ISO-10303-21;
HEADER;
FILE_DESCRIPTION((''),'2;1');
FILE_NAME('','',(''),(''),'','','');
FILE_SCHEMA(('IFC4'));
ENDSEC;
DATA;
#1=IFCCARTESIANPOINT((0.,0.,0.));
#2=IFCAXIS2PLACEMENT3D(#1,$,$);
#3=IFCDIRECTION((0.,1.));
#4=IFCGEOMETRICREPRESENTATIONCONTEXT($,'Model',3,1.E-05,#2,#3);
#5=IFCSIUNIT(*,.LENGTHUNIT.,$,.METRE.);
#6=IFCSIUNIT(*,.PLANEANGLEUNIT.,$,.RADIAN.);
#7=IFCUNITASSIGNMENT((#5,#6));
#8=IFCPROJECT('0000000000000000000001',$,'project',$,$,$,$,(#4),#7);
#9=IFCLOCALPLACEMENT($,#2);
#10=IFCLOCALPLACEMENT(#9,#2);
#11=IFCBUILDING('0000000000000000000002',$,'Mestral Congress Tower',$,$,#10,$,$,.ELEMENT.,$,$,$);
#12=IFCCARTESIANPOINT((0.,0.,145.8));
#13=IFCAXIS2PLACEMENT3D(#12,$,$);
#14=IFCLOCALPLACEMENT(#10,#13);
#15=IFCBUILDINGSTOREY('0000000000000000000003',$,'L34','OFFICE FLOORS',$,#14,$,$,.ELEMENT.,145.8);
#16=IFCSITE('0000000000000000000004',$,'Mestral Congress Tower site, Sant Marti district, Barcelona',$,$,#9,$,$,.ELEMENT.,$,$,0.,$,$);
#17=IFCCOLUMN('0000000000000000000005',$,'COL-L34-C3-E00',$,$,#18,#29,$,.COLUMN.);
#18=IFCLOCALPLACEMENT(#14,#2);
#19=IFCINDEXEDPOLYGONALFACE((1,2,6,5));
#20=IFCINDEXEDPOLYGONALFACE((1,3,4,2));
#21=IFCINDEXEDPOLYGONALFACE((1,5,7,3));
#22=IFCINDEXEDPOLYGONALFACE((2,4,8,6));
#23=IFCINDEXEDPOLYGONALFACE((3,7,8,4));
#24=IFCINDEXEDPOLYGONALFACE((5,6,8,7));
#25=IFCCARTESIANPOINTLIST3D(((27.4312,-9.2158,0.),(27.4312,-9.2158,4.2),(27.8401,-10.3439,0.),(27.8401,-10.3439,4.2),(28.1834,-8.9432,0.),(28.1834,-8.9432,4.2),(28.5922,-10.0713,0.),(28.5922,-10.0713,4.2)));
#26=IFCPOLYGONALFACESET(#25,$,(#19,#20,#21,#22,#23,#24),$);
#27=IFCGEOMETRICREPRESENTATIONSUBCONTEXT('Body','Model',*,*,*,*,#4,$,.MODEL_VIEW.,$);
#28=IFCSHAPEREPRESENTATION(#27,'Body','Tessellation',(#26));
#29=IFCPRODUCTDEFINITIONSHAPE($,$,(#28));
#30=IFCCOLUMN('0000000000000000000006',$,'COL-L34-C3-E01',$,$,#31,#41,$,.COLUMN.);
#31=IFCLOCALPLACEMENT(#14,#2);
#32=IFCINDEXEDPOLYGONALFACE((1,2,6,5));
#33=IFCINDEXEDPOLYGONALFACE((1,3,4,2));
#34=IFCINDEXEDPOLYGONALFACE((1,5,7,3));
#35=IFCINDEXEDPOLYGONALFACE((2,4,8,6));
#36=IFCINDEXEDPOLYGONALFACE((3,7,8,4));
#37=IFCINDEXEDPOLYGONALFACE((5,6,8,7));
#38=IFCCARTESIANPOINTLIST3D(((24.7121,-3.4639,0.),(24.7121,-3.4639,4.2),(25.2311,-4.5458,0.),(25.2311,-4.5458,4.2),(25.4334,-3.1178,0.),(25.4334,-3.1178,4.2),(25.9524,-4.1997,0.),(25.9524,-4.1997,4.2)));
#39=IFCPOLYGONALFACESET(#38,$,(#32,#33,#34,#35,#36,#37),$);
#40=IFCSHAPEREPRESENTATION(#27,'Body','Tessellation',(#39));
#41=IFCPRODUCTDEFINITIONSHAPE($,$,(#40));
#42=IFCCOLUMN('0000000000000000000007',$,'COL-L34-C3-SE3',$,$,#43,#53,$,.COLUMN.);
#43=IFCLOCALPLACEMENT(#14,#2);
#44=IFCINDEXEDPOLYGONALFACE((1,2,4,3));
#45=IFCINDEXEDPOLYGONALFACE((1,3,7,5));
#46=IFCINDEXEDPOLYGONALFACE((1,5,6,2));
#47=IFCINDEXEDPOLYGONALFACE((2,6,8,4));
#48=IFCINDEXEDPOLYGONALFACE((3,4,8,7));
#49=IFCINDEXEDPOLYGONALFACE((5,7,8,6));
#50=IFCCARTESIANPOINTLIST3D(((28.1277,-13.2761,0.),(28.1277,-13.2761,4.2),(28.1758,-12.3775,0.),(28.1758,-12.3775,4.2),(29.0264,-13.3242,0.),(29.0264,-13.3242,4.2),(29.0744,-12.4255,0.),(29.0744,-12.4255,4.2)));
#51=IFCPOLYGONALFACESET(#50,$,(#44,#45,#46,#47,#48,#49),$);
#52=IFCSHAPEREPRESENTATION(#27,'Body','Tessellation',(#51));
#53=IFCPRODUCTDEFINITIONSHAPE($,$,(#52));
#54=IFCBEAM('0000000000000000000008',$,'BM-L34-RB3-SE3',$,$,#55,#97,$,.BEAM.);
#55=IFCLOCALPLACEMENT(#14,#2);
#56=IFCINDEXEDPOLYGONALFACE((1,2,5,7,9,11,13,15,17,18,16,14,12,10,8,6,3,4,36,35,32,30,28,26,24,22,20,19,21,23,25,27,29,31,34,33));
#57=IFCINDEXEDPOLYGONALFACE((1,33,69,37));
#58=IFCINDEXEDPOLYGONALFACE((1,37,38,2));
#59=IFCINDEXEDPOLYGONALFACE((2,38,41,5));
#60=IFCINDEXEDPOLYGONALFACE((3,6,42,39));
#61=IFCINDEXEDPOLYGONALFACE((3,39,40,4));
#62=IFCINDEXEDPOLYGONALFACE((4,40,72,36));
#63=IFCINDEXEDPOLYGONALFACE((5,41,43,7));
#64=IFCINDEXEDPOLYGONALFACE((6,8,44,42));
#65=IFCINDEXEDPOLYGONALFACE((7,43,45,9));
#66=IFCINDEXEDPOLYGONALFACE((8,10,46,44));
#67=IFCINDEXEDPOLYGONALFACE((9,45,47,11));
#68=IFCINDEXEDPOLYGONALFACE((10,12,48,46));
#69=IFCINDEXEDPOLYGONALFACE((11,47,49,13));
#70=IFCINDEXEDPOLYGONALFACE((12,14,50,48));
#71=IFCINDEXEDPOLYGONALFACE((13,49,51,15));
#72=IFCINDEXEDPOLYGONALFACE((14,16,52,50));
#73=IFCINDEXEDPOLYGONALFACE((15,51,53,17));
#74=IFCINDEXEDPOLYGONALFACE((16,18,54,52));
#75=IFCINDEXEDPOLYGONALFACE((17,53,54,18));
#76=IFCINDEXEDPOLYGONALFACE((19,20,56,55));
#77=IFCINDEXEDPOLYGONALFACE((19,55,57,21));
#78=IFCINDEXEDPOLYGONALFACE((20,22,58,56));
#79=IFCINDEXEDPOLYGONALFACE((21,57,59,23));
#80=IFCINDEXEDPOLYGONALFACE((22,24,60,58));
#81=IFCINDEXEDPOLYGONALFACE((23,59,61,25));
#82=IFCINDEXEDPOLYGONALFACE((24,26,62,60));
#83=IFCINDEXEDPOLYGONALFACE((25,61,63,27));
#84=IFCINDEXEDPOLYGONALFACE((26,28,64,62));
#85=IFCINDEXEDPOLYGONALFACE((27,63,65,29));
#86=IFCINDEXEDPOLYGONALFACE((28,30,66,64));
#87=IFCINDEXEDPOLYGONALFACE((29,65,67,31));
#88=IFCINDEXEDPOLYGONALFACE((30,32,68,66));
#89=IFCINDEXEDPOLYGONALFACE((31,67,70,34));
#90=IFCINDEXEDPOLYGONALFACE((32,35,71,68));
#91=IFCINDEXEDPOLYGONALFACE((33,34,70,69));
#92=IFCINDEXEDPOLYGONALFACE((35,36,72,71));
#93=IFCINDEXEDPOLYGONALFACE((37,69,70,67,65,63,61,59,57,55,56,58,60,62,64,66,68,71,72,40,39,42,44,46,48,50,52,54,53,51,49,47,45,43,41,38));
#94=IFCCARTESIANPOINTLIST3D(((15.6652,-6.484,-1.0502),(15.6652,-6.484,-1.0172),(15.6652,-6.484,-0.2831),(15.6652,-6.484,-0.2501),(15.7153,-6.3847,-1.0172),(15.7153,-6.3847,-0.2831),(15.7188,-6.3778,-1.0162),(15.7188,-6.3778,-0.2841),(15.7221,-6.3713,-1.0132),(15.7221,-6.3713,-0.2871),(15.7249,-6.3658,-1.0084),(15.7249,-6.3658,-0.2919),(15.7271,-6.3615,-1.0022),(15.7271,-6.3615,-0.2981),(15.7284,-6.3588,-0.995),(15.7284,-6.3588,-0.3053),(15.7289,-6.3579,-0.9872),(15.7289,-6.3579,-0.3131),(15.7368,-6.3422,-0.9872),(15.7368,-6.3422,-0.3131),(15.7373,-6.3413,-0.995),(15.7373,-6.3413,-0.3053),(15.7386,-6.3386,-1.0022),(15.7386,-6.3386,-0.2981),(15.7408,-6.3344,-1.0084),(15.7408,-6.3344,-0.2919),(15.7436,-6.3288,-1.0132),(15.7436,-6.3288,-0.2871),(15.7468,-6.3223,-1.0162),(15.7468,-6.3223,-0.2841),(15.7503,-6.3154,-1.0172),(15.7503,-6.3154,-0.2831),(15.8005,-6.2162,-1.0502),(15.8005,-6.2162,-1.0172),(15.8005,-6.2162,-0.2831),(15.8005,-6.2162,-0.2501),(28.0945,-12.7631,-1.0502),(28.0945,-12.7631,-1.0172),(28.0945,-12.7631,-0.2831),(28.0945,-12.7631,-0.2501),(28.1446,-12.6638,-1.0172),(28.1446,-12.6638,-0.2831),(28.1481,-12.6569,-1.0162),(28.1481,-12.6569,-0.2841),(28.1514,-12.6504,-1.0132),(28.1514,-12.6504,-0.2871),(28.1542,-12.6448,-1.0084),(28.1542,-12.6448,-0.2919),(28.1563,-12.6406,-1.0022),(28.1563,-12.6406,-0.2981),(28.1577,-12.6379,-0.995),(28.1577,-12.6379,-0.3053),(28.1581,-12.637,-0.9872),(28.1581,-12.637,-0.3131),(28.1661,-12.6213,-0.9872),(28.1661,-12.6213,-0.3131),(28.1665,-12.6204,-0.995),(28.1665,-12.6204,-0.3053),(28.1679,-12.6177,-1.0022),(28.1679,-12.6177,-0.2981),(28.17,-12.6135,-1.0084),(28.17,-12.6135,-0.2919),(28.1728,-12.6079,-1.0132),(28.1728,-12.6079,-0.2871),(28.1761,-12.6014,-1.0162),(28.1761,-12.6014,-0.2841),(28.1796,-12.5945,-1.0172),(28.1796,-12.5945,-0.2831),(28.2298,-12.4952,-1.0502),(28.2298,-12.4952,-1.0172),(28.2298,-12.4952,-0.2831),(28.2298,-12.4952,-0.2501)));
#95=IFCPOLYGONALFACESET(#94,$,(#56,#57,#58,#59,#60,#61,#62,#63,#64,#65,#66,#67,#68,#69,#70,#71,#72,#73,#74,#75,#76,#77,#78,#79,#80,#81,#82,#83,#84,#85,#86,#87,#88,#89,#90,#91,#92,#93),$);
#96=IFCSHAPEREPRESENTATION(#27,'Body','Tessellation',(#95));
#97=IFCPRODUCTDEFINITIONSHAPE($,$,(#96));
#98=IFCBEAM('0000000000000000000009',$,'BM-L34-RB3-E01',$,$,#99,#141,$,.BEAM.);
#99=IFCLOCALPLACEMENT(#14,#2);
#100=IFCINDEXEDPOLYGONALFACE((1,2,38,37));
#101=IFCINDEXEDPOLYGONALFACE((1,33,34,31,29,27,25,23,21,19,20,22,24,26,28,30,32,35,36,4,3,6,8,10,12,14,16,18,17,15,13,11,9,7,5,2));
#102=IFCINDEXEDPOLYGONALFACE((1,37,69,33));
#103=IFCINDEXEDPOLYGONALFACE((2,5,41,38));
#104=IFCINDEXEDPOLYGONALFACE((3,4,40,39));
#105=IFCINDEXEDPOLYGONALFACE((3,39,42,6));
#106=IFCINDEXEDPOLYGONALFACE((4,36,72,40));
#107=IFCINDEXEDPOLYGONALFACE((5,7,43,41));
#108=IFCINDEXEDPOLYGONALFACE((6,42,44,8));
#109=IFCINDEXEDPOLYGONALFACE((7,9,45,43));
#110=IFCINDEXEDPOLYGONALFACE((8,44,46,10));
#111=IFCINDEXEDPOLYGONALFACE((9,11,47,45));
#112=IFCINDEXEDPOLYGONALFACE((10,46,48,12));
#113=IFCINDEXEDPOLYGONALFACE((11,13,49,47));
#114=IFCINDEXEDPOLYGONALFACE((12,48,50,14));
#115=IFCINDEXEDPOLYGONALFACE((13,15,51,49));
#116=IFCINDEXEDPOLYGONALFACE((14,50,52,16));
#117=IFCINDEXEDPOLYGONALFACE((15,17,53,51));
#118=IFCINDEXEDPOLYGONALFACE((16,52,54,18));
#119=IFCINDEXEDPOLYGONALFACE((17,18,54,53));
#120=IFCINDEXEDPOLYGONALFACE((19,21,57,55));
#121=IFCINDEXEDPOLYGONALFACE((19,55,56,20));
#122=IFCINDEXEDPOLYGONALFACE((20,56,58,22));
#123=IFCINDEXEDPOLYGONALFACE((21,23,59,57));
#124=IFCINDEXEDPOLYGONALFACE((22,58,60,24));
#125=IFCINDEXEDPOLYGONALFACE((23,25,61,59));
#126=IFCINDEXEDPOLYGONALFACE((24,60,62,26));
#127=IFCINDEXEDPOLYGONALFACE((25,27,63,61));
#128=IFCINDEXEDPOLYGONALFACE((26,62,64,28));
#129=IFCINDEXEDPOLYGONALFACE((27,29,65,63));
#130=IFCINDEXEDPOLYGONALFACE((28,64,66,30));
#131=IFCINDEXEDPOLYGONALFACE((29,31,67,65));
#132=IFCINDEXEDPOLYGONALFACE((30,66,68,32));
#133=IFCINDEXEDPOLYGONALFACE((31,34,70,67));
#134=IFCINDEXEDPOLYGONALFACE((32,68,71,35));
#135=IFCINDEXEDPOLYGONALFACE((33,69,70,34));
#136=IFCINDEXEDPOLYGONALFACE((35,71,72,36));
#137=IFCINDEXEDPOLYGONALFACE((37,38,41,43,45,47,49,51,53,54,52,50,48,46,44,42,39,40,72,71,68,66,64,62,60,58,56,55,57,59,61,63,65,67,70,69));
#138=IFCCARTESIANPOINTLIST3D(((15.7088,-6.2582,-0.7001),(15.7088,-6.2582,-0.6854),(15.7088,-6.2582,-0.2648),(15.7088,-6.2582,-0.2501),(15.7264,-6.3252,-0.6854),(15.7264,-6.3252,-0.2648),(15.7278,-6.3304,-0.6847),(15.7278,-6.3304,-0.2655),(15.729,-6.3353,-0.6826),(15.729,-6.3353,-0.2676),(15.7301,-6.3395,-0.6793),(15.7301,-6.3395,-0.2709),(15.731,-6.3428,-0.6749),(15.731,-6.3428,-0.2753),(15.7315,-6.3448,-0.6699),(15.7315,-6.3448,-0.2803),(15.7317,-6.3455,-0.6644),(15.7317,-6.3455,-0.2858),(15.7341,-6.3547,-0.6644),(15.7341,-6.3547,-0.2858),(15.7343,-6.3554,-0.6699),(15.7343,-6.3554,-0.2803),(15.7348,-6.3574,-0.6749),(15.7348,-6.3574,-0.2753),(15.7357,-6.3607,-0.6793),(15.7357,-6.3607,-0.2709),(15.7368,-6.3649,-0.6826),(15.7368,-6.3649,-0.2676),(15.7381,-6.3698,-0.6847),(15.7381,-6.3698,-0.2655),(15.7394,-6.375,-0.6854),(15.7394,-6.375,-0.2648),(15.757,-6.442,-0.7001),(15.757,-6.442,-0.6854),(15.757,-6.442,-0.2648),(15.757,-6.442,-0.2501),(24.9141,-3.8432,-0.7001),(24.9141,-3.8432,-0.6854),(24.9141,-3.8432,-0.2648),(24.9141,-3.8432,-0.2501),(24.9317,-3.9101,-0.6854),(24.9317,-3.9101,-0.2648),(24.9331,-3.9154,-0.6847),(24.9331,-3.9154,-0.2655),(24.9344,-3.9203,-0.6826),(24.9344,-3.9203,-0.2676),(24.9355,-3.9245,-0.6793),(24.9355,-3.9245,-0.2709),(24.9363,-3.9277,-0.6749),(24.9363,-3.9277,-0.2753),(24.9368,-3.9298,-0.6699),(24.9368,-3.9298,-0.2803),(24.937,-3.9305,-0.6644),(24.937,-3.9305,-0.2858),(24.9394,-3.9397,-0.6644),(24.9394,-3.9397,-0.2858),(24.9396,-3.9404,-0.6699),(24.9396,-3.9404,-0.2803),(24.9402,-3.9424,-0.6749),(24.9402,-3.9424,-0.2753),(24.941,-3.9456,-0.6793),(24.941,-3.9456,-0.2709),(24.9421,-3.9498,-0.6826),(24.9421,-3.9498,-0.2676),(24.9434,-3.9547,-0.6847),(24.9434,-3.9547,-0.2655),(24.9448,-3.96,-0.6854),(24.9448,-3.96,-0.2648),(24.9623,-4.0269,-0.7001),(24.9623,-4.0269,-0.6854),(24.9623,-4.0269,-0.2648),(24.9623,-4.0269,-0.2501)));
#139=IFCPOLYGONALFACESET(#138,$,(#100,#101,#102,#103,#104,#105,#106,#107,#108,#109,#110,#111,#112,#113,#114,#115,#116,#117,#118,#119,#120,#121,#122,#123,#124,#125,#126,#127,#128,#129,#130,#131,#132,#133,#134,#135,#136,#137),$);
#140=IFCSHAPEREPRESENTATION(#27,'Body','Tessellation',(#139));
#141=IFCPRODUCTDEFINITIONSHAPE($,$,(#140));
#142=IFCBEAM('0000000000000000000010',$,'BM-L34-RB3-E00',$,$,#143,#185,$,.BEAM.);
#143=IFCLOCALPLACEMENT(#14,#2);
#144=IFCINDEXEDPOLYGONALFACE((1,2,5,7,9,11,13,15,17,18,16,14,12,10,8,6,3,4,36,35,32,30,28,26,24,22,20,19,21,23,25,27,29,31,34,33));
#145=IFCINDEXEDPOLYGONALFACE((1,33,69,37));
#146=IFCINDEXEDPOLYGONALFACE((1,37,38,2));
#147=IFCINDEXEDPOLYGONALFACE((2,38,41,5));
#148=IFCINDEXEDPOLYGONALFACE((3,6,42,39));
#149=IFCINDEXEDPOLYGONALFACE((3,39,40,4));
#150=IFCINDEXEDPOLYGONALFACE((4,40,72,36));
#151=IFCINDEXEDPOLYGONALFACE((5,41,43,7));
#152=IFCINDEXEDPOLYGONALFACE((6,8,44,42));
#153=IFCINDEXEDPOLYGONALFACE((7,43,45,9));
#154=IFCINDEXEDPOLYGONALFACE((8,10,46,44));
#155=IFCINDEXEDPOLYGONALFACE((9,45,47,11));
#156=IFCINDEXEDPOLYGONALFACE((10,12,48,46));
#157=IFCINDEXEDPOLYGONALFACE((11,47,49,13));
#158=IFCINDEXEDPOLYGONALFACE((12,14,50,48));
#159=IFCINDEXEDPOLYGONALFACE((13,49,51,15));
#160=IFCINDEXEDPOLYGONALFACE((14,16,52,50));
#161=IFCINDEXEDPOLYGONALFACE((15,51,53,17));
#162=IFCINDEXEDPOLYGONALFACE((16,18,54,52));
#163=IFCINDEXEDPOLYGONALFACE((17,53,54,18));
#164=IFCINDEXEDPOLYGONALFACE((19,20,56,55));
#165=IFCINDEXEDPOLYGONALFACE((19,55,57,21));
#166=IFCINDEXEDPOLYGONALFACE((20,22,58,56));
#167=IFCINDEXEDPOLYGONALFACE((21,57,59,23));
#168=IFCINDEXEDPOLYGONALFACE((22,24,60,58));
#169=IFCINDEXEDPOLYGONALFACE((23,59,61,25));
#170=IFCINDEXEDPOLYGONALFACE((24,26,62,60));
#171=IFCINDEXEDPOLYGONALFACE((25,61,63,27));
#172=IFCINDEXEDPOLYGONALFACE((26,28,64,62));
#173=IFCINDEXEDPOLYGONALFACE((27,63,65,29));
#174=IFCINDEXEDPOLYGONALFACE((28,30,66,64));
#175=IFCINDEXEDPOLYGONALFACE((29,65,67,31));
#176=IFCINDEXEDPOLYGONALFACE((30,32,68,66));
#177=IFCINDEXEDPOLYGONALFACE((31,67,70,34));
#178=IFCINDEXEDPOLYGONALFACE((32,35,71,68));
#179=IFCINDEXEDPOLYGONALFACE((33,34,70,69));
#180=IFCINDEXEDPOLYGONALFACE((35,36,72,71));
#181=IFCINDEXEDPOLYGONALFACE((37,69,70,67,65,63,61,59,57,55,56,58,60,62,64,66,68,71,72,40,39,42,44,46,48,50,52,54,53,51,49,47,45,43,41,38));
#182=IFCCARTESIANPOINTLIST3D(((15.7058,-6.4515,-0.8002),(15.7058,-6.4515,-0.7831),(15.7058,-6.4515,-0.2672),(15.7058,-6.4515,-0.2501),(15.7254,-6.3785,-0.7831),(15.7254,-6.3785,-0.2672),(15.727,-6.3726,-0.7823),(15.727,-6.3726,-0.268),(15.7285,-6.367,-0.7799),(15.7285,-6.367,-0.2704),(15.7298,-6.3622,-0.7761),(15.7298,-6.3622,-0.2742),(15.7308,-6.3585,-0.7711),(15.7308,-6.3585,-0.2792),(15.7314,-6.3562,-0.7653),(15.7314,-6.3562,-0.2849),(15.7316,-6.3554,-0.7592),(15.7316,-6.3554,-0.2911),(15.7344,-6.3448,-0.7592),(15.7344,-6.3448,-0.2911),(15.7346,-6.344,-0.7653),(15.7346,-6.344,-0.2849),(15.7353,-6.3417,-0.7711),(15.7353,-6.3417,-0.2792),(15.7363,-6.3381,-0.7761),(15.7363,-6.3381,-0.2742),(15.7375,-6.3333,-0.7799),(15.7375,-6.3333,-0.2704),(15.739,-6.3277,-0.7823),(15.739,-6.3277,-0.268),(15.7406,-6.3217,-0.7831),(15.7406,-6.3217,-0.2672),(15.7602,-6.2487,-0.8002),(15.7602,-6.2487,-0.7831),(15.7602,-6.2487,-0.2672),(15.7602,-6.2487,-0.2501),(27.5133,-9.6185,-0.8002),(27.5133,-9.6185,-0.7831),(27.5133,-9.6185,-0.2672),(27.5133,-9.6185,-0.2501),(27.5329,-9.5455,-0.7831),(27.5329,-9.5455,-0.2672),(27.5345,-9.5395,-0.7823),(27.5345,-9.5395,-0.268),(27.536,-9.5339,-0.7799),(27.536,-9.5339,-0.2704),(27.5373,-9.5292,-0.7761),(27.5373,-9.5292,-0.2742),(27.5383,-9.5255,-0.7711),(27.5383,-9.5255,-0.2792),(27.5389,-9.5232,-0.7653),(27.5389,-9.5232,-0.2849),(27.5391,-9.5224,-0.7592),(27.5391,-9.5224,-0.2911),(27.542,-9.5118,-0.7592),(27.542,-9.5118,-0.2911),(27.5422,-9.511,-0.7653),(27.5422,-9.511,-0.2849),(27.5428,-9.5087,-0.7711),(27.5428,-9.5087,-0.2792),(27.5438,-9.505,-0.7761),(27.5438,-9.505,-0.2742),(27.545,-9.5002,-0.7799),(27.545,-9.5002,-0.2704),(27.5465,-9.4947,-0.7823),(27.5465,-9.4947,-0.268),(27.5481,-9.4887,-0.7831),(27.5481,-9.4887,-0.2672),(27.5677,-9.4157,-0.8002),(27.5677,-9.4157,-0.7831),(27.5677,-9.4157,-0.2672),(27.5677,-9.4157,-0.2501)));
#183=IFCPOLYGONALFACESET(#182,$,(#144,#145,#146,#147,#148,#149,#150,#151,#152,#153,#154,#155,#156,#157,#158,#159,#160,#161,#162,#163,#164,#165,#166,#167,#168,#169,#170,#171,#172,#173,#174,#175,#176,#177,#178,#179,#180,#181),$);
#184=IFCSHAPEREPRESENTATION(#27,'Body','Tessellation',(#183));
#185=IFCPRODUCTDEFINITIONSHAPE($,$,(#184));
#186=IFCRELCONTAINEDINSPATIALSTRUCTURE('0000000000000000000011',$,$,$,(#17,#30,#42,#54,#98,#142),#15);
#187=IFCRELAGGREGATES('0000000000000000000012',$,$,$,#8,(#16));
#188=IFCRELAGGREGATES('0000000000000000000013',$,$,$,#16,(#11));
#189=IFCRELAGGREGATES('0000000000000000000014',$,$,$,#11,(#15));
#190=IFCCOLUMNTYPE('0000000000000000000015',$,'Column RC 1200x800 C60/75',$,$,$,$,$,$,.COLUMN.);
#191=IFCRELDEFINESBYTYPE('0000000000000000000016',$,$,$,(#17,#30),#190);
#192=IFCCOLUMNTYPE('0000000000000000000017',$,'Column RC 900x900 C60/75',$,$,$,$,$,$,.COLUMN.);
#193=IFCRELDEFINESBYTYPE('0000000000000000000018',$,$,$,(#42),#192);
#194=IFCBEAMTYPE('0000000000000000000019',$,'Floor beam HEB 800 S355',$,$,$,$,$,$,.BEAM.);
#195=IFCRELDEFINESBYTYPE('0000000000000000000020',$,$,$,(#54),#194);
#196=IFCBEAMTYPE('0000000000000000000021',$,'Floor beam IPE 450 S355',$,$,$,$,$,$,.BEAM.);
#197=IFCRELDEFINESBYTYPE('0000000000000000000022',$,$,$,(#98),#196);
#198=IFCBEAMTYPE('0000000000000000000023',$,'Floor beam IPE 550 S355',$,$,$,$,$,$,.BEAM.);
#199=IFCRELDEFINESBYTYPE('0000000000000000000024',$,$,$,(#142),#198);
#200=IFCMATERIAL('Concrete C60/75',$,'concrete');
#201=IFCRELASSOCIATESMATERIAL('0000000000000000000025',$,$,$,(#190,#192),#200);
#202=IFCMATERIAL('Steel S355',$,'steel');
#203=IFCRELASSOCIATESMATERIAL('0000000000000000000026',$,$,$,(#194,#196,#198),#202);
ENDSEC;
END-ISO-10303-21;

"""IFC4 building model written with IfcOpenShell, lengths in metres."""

from ifc_helpers import new_model, si_unit, direction, frame, origin, origin_2d, place, context, subcontext, project, spatial, rectangle, i_section, extrude, material, material_profile, profile_set, type_object, element, save


model = new_model("IFC4")

# Units and contexts
model_context = context("Model", 3, precision=1e-05, world=origin(), true_north=direction((0.0, 1.0)))
body_context = subcontext(model_context, "Body", "Model", "MODEL_VIEW")
ifc_project = project(units=[si_unit("LENGTHUNIT", "METRE"), si_unit("PLANEANGLEUNIT", "RADIAN")], contexts=[model_context])

# Site, building, storey
site_placement = place(None, origin())
site = spatial("IfcSite", under=ifc_project, at=site_placement, Name="Mestral Congress Tower site, Sant Marti district, Barcelona", CompositionType="ELEMENT", RefElevation=0.0)
building_placement = place(site_placement, origin())
building = spatial("IfcBuilding", under=site, at=building_placement, Name="Mestral Congress Tower", CompositionType="ELEMENT")
storey_placement = place(building_placement, frame((0.0, 0.0, 145.8)))
storey = spatial("IfcBuildingStorey", under=building, at=storey_placement, Name="L34", Description="OFFICE FLOORS", CompositionType="ELEMENT", Elevation=145.8)

# Columns
ifc_material_1 = material(Name="Concrete C60/75", Category="concrete")
ifc_material_profile_1 = material_profile(ifc_material_1, rectangle(XDim=1.2, YDim=0.8, at=origin_2d()), Name="RC 1200x800")
ifc_profile_set_1 = profile_set([ifc_material_profile_1], Name="Concrete C60/75")
column_type_1 = type_object("IfcColumnType", Name="Column RC 1200x800 C60/75", PredefinedType="COLUMN", material=ifc_profile_set_1)
for number, where, z_axis, x_axis, name in (
    (1, (28.0117, -9.6436, 0.0), (0.0, 0.0, 1.0), (-0.340744, 0.940156, 0.0), "COL-L34-C3-E00"),
    (2, (25.3323, -3.8318, 0.0), (0.0, 0.0, 1.0), (-0.432522, 0.901624, 0.0), "COL-L34-C3-E01"),
):
    element("IfcColumn", number, at=place(storey_placement, frame(where, z_axis=z_axis, x_axis=x_axis)), inside=storey, type_object=column_type_1, Name=name, PredefinedType="COLUMN", context=body_context, shape_type="SweptSolid", body=[
        extrude(rectangle(XDim=1.2, YDim=0.8, at=origin_2d()), origin(), (0.0, 0.0, 1.0), 4.2),
    ])
ifc_material_profile_2 = material_profile(ifc_material_1, rectangle(XDim=0.8999, YDim=0.8999, at=origin_2d()), Name="RC 900x900")
ifc_profile_set_2 = profile_set([ifc_material_profile_2], Name="Concrete C60/75")
column_type_2 = type_object("IfcColumnType", Name="Column RC 900x900 C60/75", PredefinedType="COLUMN", material=ifc_profile_set_2)
column_placement = place(storey_placement, frame((28.6011, -12.8508, 0.0), z_axis=(0.0, 0.0, 1.0), x_axis=(0.053392, 0.998574, 0.0)))
element("IfcColumn", 3, at=column_placement, inside=storey, type_object=column_type_2, Name="COL-L34-C3-SE3", PredefinedType="COLUMN", context=body_context, shape_type="SweptSolid", body=[
    extrude(rectangle(XDim=0.8999, YDim=0.8999, at=origin_2d()), origin(), (0.0, 0.0, 1.0), 4.2),
])

# Beams
ifc_material_2 = material(Name="Steel S355", Category="steel")
ifc_material_profile_3 = material_profile(ifc_material_2, i_section(OverallWidth=0.3, OverallDepth=0.8, WebThickness=0.0176, FlangeThickness=0.033, FilletRadius=0.03, at=origin_2d()), Name="HEB 800")
ifc_profile_set_3 = profile_set([ifc_material_profile_3], Name="Steel S355")
beam_type_1 = type_object("IfcBeamType", Name="Floor beam HEB 800 S355", PredefinedType="BEAM", material=ifc_profile_set_3)
beam_1_placement = place(storey_placement, frame((28.1621, -12.6292, -0.6501), z_axis=(-0.892568, 0.450913, 0.0), x_axis=(-0.450913, -0.892568, 0.0)))
element("IfcBeam", 4, at=beam_1_placement, inside=storey, type_object=beam_type_1, Name="BM-L34-RB3-SE3", PredefinedType="BEAM", context=body_context, shape_type="SweptSolid", body=[
    extrude(i_section(OverallWidth=0.3, OverallDepth=0.8, WebThickness=0.0176, FlangeThickness=0.033, FilletRadius=0.03, at=origin_2d()), origin(), (0.0, 0.0, 1.0), 13.9253),
])
ifc_material_profile_4 = material_profile(ifc_material_2, i_section(OverallWidth=0.1899, OverallDepth=0.45, WebThickness=0.0095, FlangeThickness=0.0146, FilletRadius=0.021, at=origin_2d()), Name="IPE 450")
ifc_profile_set_4 = profile_set([ifc_material_profile_4], Name="Steel S355")
beam_type_2 = type_object("IfcBeamType", Name="Floor beam IPE 450 S355", PredefinedType="BEAM", material=ifc_profile_set_4)
beam_2_placement = place(storey_placement, frame((24.9382, -3.9351, -0.4751), z_axis=(-0.967266, -0.253765, 0.0), x_axis=(0.253765, -0.967266, 0.0)))
element("IfcBeam", 5, at=beam_2_placement, inside=storey, type_object=beam_type_2, Name="BM-L34-RB3-E01", PredefinedType="BEAM", context=body_context, shape_type="SweptSolid", body=[
    extrude(i_section(OverallWidth=0.1899, OverallDepth=0.45, WebThickness=0.0095, FlangeThickness=0.0146, FilletRadius=0.021, at=origin_2d()), origin(), (0.0, 0.0, 1.0), 9.5168),
])
ifc_material_profile_5 = material_profile(ifc_material_2, i_section(OverallWidth=0.21, OverallDepth=0.55, WebThickness=0.011, FlangeThickness=0.0171, FilletRadius=0.0239, at=origin_2d()), Name="IPE 550")
ifc_profile_set_5 = profile_set([ifc_material_profile_5], Name="Steel S355")
beam_type_3 = type_object("IfcBeamType", Name="Floor beam IPE 550 S355", PredefinedType="BEAM", material=ifc_profile_set_5)
beam_3_placement = place(storey_placement, frame((27.5405, -9.5171, -0.5251), z_axis=(-0.965861, 0.259059, 0.0), x_axis=(-0.259059, -0.965861, 0.0)))
element("IfcBeam", 6, at=beam_3_placement, inside=storey, type_object=beam_type_3, Name="BM-L34-RB3-E00", PredefinedType="BEAM", context=body_context, shape_type="SweptSolid", body=[
    extrude(i_section(OverallWidth=0.21, OverallDepth=0.55, WebThickness=0.011, FlangeThickness=0.0171, FilletRadius=0.0239, at=origin_2d()), origin(), (0.0, 0.0, 1.0), 12.2249),
])

save(model, "model.ifc")
